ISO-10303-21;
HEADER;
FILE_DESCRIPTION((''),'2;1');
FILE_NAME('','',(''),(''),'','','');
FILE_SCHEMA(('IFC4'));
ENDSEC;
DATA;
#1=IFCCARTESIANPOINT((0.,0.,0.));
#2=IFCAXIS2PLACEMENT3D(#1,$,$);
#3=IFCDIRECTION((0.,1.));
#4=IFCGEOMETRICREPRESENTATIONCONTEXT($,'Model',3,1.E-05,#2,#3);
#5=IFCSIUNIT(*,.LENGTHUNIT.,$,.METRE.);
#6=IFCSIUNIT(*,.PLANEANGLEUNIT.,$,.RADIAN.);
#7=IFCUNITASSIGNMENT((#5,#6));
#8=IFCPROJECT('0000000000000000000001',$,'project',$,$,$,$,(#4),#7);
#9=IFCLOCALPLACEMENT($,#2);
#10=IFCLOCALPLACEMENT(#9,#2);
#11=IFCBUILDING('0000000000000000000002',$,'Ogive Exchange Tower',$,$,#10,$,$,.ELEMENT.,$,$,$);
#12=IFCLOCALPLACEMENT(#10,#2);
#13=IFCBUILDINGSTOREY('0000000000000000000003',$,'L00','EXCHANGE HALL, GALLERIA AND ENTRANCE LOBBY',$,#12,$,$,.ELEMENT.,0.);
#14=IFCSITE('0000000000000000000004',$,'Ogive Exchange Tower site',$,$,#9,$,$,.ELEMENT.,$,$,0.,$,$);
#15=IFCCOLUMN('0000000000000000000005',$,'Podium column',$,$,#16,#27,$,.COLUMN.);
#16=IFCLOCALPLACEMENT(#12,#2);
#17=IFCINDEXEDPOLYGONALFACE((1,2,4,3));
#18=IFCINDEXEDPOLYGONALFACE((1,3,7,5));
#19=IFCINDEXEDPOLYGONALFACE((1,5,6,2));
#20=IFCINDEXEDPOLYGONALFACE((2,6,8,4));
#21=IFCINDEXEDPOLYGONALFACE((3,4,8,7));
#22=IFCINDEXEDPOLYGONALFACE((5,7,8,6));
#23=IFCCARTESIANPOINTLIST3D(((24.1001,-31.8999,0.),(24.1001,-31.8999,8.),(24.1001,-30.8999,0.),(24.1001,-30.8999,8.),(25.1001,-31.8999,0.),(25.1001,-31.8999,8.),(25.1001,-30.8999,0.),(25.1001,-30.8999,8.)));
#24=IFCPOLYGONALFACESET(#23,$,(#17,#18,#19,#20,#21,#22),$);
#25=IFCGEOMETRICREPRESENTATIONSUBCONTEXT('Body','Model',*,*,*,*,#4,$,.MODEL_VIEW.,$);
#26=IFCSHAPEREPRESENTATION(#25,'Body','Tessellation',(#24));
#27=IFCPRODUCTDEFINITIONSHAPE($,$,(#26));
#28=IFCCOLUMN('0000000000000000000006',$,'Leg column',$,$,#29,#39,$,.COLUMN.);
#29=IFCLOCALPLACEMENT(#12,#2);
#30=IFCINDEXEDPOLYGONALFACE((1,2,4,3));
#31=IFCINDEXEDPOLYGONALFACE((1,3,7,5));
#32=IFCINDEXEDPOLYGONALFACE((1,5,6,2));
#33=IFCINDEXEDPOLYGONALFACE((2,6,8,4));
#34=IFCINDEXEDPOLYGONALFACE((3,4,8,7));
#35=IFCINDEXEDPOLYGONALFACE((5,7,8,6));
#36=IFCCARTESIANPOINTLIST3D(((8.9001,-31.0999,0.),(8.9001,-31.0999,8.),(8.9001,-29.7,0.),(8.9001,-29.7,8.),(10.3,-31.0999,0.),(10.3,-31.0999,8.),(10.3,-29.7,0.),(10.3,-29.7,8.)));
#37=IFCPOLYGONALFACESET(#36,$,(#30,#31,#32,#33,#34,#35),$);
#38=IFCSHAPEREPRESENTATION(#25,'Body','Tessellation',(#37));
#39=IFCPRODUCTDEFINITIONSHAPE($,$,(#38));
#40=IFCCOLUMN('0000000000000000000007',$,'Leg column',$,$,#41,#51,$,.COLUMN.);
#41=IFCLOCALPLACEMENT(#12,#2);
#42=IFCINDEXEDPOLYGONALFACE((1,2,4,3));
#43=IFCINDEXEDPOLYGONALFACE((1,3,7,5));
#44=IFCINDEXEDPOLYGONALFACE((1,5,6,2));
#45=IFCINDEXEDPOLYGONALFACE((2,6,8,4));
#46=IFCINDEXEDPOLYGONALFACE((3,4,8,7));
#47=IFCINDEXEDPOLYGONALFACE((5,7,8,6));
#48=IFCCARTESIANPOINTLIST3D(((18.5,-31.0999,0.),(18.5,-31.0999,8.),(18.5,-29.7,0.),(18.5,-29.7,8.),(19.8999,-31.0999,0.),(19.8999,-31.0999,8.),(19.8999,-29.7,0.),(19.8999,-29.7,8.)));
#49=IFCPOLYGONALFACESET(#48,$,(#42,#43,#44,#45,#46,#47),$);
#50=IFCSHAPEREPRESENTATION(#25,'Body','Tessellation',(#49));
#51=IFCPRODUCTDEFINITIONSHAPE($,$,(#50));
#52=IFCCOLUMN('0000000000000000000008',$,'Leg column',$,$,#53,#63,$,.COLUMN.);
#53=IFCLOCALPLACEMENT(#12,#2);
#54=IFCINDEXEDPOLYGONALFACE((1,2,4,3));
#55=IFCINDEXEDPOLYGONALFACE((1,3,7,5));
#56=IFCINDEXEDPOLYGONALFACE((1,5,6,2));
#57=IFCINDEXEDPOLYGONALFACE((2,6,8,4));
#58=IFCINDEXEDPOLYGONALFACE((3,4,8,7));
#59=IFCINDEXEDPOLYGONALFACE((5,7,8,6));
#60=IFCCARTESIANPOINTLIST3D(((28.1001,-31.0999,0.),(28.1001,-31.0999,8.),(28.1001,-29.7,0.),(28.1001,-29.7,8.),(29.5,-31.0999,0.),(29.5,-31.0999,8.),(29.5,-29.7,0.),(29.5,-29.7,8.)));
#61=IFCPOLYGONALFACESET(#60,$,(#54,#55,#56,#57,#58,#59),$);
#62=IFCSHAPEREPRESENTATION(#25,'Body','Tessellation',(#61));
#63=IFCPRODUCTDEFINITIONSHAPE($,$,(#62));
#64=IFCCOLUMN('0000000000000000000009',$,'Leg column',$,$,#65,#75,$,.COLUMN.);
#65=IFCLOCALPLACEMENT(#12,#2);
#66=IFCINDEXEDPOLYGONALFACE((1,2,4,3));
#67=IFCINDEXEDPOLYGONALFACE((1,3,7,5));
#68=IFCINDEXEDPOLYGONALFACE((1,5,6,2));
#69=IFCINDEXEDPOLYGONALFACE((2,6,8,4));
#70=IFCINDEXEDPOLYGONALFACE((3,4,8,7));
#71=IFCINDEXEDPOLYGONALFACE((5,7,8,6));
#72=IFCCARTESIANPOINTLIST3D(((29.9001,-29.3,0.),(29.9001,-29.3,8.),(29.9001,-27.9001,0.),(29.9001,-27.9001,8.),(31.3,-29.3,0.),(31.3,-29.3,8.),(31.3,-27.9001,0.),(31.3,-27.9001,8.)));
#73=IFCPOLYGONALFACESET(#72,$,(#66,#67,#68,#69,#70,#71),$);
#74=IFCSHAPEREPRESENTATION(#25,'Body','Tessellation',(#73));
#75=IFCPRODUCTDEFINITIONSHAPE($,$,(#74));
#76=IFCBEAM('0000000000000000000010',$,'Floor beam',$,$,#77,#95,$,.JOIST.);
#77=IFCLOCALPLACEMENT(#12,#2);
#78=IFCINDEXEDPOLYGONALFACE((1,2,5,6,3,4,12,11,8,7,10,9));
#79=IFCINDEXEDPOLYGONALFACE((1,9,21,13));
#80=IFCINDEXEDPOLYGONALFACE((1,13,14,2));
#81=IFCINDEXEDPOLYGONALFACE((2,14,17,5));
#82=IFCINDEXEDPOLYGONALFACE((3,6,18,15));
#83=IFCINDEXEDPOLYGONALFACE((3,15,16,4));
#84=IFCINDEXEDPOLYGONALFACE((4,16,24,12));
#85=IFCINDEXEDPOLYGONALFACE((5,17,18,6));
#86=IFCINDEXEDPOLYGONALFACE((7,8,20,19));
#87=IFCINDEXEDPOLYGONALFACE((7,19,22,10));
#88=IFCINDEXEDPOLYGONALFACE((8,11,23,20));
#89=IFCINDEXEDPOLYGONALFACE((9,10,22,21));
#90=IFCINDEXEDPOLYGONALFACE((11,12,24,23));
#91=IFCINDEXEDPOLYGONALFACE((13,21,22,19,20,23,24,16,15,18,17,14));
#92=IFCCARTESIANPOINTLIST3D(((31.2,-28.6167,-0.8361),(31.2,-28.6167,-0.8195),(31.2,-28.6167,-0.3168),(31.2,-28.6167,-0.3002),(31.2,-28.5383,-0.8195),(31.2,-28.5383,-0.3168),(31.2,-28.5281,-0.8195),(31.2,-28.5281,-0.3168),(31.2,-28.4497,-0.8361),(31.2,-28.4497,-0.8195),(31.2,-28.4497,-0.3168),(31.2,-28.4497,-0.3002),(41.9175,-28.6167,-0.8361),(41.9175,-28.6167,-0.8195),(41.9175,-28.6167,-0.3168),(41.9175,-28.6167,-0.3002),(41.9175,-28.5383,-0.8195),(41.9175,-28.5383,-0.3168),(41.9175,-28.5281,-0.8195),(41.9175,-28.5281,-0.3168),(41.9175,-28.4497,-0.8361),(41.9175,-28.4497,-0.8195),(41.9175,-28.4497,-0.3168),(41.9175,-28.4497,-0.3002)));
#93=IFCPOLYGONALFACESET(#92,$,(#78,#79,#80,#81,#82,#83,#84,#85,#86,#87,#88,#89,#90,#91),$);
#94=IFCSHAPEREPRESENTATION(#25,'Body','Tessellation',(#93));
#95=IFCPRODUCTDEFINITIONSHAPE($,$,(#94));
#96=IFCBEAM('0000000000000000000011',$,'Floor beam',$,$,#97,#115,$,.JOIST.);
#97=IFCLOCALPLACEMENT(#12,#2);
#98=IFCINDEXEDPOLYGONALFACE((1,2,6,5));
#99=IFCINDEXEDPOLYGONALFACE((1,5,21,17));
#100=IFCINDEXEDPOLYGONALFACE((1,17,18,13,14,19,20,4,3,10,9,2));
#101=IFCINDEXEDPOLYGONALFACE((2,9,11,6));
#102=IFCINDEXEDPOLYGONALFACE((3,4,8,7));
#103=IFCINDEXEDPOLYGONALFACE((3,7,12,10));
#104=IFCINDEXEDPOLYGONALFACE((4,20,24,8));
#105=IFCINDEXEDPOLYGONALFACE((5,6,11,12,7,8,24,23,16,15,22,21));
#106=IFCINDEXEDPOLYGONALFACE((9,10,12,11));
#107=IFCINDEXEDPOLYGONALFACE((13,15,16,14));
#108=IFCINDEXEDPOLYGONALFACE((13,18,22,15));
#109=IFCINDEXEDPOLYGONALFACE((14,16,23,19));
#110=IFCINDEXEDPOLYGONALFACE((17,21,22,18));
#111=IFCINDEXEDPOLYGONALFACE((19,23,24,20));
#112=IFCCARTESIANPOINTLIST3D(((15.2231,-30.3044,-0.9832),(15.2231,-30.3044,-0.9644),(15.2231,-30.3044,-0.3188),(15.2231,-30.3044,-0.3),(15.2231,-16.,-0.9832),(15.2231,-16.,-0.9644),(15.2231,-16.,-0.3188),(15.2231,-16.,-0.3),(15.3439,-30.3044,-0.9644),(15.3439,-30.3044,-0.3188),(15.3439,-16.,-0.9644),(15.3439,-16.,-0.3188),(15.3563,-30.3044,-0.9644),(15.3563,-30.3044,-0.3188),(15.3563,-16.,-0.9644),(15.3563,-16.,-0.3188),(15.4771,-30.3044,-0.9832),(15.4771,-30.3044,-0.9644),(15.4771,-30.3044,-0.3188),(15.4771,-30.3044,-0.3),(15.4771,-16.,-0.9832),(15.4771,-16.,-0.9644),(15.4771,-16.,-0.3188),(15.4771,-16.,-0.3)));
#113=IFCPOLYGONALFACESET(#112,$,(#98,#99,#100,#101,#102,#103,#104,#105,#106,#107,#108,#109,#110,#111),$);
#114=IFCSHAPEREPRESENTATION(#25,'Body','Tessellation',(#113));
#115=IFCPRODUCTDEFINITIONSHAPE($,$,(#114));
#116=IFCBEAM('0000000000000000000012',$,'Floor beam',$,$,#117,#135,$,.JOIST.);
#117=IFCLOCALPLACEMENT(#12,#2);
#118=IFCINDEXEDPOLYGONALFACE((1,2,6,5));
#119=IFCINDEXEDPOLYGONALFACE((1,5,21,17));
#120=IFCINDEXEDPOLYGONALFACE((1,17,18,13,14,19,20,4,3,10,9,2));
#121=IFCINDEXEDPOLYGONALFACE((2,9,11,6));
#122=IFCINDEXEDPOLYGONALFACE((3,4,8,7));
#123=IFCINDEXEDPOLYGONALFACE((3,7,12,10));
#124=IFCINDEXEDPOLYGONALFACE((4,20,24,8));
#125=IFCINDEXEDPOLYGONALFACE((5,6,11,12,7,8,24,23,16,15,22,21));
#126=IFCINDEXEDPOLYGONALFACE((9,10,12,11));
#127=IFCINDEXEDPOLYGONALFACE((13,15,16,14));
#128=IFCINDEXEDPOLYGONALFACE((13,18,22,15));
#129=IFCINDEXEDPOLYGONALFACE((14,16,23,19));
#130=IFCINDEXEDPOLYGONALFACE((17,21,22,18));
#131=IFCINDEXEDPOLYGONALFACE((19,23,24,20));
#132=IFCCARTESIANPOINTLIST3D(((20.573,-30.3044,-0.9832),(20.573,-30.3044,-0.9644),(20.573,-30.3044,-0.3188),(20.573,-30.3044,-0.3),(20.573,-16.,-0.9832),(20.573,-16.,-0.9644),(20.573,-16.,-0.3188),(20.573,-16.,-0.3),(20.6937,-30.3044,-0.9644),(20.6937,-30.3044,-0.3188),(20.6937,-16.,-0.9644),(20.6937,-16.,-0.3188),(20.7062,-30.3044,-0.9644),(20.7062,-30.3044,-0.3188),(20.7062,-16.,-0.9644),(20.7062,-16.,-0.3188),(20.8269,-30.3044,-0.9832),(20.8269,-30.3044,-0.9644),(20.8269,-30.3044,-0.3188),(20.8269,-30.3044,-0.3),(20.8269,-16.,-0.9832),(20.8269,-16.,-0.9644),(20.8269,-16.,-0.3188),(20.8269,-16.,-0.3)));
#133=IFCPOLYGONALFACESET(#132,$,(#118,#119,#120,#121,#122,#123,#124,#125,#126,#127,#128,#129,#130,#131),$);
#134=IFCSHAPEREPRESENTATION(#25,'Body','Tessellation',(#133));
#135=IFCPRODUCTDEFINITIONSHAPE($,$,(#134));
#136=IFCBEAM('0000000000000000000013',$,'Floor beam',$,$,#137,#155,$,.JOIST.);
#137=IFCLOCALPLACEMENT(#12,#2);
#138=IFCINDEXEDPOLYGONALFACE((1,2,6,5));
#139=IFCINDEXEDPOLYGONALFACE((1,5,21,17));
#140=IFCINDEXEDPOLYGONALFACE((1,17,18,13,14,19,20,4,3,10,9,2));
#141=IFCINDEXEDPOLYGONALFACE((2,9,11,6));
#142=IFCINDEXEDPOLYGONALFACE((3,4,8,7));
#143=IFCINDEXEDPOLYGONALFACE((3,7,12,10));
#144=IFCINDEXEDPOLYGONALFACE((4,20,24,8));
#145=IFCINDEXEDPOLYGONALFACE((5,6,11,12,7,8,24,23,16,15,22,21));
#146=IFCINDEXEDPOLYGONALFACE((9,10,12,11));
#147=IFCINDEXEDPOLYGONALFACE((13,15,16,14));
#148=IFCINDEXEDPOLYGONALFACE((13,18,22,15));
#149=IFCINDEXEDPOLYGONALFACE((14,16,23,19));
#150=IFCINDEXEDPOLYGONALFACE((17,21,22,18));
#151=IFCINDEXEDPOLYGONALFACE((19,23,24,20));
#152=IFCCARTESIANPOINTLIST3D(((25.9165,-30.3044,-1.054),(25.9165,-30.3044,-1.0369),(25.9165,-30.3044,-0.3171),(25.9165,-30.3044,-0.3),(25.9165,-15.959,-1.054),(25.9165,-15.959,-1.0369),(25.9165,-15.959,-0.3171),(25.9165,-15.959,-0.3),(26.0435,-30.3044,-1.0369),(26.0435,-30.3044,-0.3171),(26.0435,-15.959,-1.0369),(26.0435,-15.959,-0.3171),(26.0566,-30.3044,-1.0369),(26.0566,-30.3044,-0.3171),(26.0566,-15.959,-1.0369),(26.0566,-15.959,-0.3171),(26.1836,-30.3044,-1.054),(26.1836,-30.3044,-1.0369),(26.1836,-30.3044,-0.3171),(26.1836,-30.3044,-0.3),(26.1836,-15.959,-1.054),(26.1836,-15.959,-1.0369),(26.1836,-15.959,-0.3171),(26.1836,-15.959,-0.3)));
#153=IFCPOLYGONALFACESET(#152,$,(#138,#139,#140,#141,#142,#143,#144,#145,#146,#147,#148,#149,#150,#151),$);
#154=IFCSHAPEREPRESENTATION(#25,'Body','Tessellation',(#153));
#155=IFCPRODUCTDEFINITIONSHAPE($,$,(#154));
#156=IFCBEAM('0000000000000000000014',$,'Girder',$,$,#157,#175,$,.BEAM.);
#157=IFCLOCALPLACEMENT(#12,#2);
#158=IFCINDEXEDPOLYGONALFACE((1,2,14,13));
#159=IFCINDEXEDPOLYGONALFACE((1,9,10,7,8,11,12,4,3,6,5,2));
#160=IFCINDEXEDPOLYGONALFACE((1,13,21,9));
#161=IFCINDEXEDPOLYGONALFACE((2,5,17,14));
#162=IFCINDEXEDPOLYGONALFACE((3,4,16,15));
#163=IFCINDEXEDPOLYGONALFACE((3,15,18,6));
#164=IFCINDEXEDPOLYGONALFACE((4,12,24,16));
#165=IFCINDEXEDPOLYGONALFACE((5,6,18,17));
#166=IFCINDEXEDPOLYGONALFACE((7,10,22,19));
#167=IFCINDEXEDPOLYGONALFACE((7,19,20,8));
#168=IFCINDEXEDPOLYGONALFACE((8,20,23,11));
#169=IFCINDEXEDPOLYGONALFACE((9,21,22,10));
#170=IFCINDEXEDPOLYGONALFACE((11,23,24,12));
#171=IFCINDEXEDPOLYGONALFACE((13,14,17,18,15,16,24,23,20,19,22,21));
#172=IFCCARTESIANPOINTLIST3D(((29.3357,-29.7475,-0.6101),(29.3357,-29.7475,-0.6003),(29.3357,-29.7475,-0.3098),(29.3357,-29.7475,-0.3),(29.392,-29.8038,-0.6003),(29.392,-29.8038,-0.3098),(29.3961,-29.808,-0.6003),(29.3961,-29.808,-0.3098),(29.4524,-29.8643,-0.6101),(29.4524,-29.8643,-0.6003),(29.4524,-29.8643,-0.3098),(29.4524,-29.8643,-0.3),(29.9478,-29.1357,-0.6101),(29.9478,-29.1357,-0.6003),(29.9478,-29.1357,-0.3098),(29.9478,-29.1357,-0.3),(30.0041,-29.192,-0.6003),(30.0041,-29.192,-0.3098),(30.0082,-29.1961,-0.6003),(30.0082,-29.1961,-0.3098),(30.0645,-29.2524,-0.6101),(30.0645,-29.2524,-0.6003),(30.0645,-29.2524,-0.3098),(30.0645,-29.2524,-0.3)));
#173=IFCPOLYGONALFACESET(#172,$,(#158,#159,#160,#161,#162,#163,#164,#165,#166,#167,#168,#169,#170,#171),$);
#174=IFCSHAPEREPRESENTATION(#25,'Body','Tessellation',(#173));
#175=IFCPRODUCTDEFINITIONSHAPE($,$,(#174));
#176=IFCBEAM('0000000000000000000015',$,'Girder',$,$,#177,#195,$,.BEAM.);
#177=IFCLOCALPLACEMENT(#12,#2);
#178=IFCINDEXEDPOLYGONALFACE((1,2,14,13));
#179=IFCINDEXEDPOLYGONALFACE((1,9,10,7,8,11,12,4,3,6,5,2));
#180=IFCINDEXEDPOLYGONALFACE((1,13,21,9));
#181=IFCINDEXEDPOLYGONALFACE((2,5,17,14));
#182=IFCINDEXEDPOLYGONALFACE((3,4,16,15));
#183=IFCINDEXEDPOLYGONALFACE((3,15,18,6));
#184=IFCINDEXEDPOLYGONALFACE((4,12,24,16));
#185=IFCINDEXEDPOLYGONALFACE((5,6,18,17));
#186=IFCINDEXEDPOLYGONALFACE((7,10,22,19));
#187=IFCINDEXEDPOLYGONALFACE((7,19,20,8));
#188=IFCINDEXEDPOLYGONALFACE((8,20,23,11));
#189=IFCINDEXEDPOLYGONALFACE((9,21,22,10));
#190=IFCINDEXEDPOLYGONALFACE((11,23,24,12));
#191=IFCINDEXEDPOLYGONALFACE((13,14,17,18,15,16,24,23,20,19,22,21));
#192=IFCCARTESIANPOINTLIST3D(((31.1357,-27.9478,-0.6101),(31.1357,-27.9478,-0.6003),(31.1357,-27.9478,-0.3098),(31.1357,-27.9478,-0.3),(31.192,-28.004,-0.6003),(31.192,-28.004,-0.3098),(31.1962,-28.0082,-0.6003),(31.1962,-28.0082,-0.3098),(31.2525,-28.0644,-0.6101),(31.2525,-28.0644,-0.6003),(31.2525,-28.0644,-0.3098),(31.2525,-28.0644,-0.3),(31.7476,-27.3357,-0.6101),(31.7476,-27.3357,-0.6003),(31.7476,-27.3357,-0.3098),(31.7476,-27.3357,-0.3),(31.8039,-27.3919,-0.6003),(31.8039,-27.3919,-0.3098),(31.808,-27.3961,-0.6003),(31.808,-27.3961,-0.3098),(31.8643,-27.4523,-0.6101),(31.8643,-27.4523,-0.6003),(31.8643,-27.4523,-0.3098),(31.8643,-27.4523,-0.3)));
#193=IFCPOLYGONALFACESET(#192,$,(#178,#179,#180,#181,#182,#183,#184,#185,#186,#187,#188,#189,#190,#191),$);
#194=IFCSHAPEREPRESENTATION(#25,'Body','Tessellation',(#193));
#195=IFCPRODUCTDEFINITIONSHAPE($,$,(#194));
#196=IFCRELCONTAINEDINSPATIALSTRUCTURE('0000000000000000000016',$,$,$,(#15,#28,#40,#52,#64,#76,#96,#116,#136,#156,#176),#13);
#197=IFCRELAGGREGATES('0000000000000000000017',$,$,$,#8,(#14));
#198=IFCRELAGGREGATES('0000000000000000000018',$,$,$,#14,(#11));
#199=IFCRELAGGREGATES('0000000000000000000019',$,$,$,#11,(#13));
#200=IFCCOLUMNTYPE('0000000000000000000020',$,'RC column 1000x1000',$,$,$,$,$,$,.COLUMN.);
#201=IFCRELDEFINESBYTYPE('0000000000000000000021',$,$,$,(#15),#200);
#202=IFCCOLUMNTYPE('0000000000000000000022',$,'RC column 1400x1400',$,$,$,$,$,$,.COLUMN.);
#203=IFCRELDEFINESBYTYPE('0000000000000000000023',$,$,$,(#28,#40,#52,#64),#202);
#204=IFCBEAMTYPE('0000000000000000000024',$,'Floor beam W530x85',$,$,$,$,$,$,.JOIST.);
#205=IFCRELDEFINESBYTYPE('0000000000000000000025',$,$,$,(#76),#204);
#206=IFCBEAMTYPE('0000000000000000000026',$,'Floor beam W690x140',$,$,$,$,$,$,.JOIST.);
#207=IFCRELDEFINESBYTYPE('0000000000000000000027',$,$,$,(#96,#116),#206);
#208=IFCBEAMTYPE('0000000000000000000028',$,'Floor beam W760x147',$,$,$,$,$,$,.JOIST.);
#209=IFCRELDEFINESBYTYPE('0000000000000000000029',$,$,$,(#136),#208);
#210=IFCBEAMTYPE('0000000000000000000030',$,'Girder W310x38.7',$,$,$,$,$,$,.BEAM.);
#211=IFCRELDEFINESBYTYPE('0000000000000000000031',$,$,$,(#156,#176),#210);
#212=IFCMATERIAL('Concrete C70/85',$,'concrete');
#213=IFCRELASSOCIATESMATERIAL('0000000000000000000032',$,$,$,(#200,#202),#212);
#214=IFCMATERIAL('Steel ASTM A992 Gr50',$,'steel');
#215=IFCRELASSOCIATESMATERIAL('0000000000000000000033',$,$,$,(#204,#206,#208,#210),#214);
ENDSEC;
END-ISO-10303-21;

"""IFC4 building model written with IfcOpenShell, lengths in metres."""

from ifc_helpers import new_model, si_unit, direction, frame, origin, origin_2d, place, context, subcontext, project, spatial, rectangle, i_section, extrude, material, material_profile, profile_set, type_object, element, save


model = new_model("IFC4")

# Units and contexts
model_context = context("Model", 3, precision=1e-05, world=origin(), true_north=direction((0.0, 1.0)))
body_context = subcontext(model_context, "Body", "Model", "MODEL_VIEW")
ifc_project = project(units=[si_unit("LENGTHUNIT", "METRE"), si_unit("PLANEANGLEUNIT", "RADIAN")], contexts=[model_context])

# Site, building, storey
site_placement = place(None, origin())
site = spatial("IfcSite", under=ifc_project, at=site_placement, Name="Ogive Exchange Tower site", CompositionType="ELEMENT", RefElevation=0.0)
building_placement = place(site_placement, origin())
building = spatial("IfcBuilding", under=site, at=building_placement, Name="Ogive Exchange Tower", CompositionType="ELEMENT")
storey_placement = place(building_placement, origin())
storey = spatial("IfcBuildingStorey", under=building, at=storey_placement, Name="L00", Description="EXCHANGE HALL, GALLERIA AND ENTRANCE LOBBY", CompositionType="ELEMENT", Elevation=0.0)

# Columns
ifc_material_1 = material(Name="Concrete C70/85", Category="concrete")
ifc_material_profile_1 = material_profile(ifc_material_1, rectangle(XDim=1.0, YDim=1.0, at=origin_2d()), Name="RC 1000x1000")
ifc_profile_set_1 = profile_set([ifc_material_profile_1], Name="Concrete C70/85")
column_type_1 = type_object("IfcColumnType", Name="RC column 1000x1000", PredefinedType="COLUMN", material=ifc_profile_set_1)
column_placement = place(storey_placement, frame((24.6001, -31.3999, 0.0), z_axis=(0.0, 0.0, 1.0), x_axis=(1.0, 0.0, 0.0)))
element("IfcColumn", 1, at=column_placement, inside=storey, type_object=column_type_1, Name="Podium column", PredefinedType="COLUMN", context=body_context, shape_type="SweptSolid", body=[
    extrude(rectangle(XDim=1.0, YDim=1.0, at=origin_2d()), origin(), (0.0, 0.0, 1.0), 8.0),
])
ifc_material_profile_2 = material_profile(ifc_material_1, rectangle(XDim=1.3999, YDim=1.3999, at=origin_2d()), Name="RC 1400x1400")
ifc_profile_set_2 = profile_set([ifc_material_profile_2], Name="Concrete C70/85")
column_type_2 = type_object("IfcColumnType", Name="RC column 1400x1400", PredefinedType="COLUMN", material=ifc_profile_set_2)
for number, where, z_axis, x_axis, name in (
    (2, (9.6001, -30.3999, 0.0), (0.0, 0.0, 1.0), (1.0, 0.0, 0.0), "Leg column"),
    (3, (19.2, -30.3999, 0.0), (0.0, 0.0, 1.0), (1.0, 0.0, 0.0), "Leg column"),
    (4, (28.8, -30.3999, 0.0), (0.0, 0.0, 1.0), (1.0, 0.0, 0.0), "Leg column"),
    (5, (30.6001, -28.6001, 0.0), (0.0, 0.0, 1.0), (1.0, 0.0, 0.0), "Leg column"),
):
    element("IfcColumn", number, at=place(storey_placement, frame(where, z_axis=z_axis, x_axis=x_axis)), inside=storey, type_object=column_type_2, Name=name, PredefinedType="COLUMN", context=body_context, shape_type="SweptSolid", body=[
        extrude(rectangle(XDim=1.3999, YDim=1.3999, at=origin_2d()), origin(), (0.0, 0.0, 1.0), 8.0),
    ])

# Beams
ifc_material_2 = material(Name="Steel ASTM A992 Gr50", Category="steel")
ifc_material_profile_3 = material_profile(ifc_material_2, i_section(OverallWidth=0.167, OverallDepth=0.5359, WebThickness=0.0103, FlangeThickness=0.0166, at=origin_2d()), Name="W530x85")
ifc_profile_set_3 = profile_set([ifc_material_profile_3], Name="Steel ASTM A992 Gr50")
beam_type_1 = type_object("IfcBeamType", Name="Floor beam W530x85", PredefinedType="JOIST", material=ifc_profile_set_3)
beam_1_placement = place(storey_placement, frame((31.2, -28.5332, -0.5681), z_axis=(1.0, 0.0, 0.0), x_axis=(0.0, 1.0, 0.0)))
element("IfcBeam", 6, at=beam_1_placement, inside=storey, type_object=beam_type_1, Name="Floor beam", PredefinedType="JOIST", context=body_context, shape_type="SweptSolid", body=[
    extrude(i_section(OverallWidth=0.167, OverallDepth=0.5359, WebThickness=0.0103, FlangeThickness=0.0166, at=origin_2d()), origin(), (0.0, 0.0, 1.0), 10.7175),
])
ifc_material_profile_4 = material_profile(ifc_material_2, i_section(OverallWidth=0.2539, OverallDepth=0.6831, WebThickness=0.0125, FlangeThickness=0.0188, at=origin_2d()), Name="W690x140")
ifc_profile_set_4 = profile_set([ifc_material_profile_4], Name="Steel ASTM A992 Gr50")
beam_type_2 = type_object("IfcBeamType", Name="Floor beam W690x140", PredefinedType="JOIST", material=ifc_profile_set_4)
for number, where, z_axis, x_axis, name in (
    (7, (15.3501, -30.3044, -0.6416), (0.0, 1.0, 0.0), (-1.0, 0.0, 0.0), "Floor beam"),
    (8, (20.7, -30.3044, -0.6416), (0.0, 1.0, 0.0), (-1.0, 0.0, 0.0), "Floor beam"),
):
    element("IfcBeam", number, at=place(storey_placement, frame(where, z_axis=z_axis, x_axis=x_axis)), inside=storey, type_object=beam_type_2, Name=name, PredefinedType="JOIST", context=body_context, shape_type="SweptSolid", body=[
        extrude(i_section(OverallWidth=0.2539, OverallDepth=0.6831, WebThickness=0.0125, FlangeThickness=0.0188, at=origin_2d()), origin(), (0.0, 0.0, 1.0), 14.3044),
    ])
ifc_material_profile_5 = material_profile(ifc_material_2, i_section(OverallWidth=0.2671, OverallDepth=0.7539, WebThickness=0.0132, FlangeThickness=0.0171, at=origin_2d()), Name="W760x147")
ifc_profile_set_5 = profile_set([ifc_material_profile_5], Name="Steel ASTM A992 Gr50")
beam_type_3 = type_object("IfcBeamType", Name="Floor beam W760x147", PredefinedType="JOIST", material=ifc_profile_set_5)
beam_2_placement = place(storey_placement, frame((26.05, -30.3044, -0.677), z_axis=(0.0, 1.0, 0.0), x_axis=(-1.0, 0.0, 0.0)))
element("IfcBeam", 9, at=beam_2_placement, inside=storey, type_object=beam_type_3, Name="Floor beam", PredefinedType="JOIST", context=body_context, shape_type="SweptSolid", body=[
    extrude(i_section(OverallWidth=0.2671, OverallDepth=0.7539, WebThickness=0.0132, FlangeThickness=0.0171, at=origin_2d()), origin(), (0.0, 0.0, 1.0), 14.3455),
])
ifc_material_profile_6 = material_profile(ifc_material_2, i_section(OverallWidth=0.165, OverallDepth=0.3101, WebThickness=0.0059, FlangeThickness=0.0098, at=origin_2d()), Name="W310x38.7")
ifc_profile_set_6 = profile_set([ifc_material_profile_6], Name="Steel ASTM A992 Gr50")
beam_type_4 = type_object("IfcBeamType", Name="Girder W310x38.7", PredefinedType="BEAM", material=ifc_profile_set_6)
for number, where, z_axis, x_axis, name in (
    (10, (29.394, -29.8059, -0.4551), (0.707248, 0.706966, 0.0), (-0.706966, 0.707248, 0.0), "Girder"),
    (11, (31.1941, -28.0061, -0.4551), (0.706966, 0.707248, 0.0), (-0.707248, 0.706966, 0.0), "Girder"),
):
    element("IfcBeam", number, at=place(storey_placement, frame(where, z_axis=z_axis, x_axis=x_axis)), inside=storey, type_object=beam_type_4, Name=name, PredefinedType="BEAM", context=body_context, shape_type="SweptSolid", body=[
        extrude(i_section(OverallWidth=0.165, OverallDepth=0.3101, WebThickness=0.0059, FlangeThickness=0.0098, at=origin_2d()), origin(), (0.0, 0.0, 1.0), 0.8655),
    ])

save(model, "model.ifc")
